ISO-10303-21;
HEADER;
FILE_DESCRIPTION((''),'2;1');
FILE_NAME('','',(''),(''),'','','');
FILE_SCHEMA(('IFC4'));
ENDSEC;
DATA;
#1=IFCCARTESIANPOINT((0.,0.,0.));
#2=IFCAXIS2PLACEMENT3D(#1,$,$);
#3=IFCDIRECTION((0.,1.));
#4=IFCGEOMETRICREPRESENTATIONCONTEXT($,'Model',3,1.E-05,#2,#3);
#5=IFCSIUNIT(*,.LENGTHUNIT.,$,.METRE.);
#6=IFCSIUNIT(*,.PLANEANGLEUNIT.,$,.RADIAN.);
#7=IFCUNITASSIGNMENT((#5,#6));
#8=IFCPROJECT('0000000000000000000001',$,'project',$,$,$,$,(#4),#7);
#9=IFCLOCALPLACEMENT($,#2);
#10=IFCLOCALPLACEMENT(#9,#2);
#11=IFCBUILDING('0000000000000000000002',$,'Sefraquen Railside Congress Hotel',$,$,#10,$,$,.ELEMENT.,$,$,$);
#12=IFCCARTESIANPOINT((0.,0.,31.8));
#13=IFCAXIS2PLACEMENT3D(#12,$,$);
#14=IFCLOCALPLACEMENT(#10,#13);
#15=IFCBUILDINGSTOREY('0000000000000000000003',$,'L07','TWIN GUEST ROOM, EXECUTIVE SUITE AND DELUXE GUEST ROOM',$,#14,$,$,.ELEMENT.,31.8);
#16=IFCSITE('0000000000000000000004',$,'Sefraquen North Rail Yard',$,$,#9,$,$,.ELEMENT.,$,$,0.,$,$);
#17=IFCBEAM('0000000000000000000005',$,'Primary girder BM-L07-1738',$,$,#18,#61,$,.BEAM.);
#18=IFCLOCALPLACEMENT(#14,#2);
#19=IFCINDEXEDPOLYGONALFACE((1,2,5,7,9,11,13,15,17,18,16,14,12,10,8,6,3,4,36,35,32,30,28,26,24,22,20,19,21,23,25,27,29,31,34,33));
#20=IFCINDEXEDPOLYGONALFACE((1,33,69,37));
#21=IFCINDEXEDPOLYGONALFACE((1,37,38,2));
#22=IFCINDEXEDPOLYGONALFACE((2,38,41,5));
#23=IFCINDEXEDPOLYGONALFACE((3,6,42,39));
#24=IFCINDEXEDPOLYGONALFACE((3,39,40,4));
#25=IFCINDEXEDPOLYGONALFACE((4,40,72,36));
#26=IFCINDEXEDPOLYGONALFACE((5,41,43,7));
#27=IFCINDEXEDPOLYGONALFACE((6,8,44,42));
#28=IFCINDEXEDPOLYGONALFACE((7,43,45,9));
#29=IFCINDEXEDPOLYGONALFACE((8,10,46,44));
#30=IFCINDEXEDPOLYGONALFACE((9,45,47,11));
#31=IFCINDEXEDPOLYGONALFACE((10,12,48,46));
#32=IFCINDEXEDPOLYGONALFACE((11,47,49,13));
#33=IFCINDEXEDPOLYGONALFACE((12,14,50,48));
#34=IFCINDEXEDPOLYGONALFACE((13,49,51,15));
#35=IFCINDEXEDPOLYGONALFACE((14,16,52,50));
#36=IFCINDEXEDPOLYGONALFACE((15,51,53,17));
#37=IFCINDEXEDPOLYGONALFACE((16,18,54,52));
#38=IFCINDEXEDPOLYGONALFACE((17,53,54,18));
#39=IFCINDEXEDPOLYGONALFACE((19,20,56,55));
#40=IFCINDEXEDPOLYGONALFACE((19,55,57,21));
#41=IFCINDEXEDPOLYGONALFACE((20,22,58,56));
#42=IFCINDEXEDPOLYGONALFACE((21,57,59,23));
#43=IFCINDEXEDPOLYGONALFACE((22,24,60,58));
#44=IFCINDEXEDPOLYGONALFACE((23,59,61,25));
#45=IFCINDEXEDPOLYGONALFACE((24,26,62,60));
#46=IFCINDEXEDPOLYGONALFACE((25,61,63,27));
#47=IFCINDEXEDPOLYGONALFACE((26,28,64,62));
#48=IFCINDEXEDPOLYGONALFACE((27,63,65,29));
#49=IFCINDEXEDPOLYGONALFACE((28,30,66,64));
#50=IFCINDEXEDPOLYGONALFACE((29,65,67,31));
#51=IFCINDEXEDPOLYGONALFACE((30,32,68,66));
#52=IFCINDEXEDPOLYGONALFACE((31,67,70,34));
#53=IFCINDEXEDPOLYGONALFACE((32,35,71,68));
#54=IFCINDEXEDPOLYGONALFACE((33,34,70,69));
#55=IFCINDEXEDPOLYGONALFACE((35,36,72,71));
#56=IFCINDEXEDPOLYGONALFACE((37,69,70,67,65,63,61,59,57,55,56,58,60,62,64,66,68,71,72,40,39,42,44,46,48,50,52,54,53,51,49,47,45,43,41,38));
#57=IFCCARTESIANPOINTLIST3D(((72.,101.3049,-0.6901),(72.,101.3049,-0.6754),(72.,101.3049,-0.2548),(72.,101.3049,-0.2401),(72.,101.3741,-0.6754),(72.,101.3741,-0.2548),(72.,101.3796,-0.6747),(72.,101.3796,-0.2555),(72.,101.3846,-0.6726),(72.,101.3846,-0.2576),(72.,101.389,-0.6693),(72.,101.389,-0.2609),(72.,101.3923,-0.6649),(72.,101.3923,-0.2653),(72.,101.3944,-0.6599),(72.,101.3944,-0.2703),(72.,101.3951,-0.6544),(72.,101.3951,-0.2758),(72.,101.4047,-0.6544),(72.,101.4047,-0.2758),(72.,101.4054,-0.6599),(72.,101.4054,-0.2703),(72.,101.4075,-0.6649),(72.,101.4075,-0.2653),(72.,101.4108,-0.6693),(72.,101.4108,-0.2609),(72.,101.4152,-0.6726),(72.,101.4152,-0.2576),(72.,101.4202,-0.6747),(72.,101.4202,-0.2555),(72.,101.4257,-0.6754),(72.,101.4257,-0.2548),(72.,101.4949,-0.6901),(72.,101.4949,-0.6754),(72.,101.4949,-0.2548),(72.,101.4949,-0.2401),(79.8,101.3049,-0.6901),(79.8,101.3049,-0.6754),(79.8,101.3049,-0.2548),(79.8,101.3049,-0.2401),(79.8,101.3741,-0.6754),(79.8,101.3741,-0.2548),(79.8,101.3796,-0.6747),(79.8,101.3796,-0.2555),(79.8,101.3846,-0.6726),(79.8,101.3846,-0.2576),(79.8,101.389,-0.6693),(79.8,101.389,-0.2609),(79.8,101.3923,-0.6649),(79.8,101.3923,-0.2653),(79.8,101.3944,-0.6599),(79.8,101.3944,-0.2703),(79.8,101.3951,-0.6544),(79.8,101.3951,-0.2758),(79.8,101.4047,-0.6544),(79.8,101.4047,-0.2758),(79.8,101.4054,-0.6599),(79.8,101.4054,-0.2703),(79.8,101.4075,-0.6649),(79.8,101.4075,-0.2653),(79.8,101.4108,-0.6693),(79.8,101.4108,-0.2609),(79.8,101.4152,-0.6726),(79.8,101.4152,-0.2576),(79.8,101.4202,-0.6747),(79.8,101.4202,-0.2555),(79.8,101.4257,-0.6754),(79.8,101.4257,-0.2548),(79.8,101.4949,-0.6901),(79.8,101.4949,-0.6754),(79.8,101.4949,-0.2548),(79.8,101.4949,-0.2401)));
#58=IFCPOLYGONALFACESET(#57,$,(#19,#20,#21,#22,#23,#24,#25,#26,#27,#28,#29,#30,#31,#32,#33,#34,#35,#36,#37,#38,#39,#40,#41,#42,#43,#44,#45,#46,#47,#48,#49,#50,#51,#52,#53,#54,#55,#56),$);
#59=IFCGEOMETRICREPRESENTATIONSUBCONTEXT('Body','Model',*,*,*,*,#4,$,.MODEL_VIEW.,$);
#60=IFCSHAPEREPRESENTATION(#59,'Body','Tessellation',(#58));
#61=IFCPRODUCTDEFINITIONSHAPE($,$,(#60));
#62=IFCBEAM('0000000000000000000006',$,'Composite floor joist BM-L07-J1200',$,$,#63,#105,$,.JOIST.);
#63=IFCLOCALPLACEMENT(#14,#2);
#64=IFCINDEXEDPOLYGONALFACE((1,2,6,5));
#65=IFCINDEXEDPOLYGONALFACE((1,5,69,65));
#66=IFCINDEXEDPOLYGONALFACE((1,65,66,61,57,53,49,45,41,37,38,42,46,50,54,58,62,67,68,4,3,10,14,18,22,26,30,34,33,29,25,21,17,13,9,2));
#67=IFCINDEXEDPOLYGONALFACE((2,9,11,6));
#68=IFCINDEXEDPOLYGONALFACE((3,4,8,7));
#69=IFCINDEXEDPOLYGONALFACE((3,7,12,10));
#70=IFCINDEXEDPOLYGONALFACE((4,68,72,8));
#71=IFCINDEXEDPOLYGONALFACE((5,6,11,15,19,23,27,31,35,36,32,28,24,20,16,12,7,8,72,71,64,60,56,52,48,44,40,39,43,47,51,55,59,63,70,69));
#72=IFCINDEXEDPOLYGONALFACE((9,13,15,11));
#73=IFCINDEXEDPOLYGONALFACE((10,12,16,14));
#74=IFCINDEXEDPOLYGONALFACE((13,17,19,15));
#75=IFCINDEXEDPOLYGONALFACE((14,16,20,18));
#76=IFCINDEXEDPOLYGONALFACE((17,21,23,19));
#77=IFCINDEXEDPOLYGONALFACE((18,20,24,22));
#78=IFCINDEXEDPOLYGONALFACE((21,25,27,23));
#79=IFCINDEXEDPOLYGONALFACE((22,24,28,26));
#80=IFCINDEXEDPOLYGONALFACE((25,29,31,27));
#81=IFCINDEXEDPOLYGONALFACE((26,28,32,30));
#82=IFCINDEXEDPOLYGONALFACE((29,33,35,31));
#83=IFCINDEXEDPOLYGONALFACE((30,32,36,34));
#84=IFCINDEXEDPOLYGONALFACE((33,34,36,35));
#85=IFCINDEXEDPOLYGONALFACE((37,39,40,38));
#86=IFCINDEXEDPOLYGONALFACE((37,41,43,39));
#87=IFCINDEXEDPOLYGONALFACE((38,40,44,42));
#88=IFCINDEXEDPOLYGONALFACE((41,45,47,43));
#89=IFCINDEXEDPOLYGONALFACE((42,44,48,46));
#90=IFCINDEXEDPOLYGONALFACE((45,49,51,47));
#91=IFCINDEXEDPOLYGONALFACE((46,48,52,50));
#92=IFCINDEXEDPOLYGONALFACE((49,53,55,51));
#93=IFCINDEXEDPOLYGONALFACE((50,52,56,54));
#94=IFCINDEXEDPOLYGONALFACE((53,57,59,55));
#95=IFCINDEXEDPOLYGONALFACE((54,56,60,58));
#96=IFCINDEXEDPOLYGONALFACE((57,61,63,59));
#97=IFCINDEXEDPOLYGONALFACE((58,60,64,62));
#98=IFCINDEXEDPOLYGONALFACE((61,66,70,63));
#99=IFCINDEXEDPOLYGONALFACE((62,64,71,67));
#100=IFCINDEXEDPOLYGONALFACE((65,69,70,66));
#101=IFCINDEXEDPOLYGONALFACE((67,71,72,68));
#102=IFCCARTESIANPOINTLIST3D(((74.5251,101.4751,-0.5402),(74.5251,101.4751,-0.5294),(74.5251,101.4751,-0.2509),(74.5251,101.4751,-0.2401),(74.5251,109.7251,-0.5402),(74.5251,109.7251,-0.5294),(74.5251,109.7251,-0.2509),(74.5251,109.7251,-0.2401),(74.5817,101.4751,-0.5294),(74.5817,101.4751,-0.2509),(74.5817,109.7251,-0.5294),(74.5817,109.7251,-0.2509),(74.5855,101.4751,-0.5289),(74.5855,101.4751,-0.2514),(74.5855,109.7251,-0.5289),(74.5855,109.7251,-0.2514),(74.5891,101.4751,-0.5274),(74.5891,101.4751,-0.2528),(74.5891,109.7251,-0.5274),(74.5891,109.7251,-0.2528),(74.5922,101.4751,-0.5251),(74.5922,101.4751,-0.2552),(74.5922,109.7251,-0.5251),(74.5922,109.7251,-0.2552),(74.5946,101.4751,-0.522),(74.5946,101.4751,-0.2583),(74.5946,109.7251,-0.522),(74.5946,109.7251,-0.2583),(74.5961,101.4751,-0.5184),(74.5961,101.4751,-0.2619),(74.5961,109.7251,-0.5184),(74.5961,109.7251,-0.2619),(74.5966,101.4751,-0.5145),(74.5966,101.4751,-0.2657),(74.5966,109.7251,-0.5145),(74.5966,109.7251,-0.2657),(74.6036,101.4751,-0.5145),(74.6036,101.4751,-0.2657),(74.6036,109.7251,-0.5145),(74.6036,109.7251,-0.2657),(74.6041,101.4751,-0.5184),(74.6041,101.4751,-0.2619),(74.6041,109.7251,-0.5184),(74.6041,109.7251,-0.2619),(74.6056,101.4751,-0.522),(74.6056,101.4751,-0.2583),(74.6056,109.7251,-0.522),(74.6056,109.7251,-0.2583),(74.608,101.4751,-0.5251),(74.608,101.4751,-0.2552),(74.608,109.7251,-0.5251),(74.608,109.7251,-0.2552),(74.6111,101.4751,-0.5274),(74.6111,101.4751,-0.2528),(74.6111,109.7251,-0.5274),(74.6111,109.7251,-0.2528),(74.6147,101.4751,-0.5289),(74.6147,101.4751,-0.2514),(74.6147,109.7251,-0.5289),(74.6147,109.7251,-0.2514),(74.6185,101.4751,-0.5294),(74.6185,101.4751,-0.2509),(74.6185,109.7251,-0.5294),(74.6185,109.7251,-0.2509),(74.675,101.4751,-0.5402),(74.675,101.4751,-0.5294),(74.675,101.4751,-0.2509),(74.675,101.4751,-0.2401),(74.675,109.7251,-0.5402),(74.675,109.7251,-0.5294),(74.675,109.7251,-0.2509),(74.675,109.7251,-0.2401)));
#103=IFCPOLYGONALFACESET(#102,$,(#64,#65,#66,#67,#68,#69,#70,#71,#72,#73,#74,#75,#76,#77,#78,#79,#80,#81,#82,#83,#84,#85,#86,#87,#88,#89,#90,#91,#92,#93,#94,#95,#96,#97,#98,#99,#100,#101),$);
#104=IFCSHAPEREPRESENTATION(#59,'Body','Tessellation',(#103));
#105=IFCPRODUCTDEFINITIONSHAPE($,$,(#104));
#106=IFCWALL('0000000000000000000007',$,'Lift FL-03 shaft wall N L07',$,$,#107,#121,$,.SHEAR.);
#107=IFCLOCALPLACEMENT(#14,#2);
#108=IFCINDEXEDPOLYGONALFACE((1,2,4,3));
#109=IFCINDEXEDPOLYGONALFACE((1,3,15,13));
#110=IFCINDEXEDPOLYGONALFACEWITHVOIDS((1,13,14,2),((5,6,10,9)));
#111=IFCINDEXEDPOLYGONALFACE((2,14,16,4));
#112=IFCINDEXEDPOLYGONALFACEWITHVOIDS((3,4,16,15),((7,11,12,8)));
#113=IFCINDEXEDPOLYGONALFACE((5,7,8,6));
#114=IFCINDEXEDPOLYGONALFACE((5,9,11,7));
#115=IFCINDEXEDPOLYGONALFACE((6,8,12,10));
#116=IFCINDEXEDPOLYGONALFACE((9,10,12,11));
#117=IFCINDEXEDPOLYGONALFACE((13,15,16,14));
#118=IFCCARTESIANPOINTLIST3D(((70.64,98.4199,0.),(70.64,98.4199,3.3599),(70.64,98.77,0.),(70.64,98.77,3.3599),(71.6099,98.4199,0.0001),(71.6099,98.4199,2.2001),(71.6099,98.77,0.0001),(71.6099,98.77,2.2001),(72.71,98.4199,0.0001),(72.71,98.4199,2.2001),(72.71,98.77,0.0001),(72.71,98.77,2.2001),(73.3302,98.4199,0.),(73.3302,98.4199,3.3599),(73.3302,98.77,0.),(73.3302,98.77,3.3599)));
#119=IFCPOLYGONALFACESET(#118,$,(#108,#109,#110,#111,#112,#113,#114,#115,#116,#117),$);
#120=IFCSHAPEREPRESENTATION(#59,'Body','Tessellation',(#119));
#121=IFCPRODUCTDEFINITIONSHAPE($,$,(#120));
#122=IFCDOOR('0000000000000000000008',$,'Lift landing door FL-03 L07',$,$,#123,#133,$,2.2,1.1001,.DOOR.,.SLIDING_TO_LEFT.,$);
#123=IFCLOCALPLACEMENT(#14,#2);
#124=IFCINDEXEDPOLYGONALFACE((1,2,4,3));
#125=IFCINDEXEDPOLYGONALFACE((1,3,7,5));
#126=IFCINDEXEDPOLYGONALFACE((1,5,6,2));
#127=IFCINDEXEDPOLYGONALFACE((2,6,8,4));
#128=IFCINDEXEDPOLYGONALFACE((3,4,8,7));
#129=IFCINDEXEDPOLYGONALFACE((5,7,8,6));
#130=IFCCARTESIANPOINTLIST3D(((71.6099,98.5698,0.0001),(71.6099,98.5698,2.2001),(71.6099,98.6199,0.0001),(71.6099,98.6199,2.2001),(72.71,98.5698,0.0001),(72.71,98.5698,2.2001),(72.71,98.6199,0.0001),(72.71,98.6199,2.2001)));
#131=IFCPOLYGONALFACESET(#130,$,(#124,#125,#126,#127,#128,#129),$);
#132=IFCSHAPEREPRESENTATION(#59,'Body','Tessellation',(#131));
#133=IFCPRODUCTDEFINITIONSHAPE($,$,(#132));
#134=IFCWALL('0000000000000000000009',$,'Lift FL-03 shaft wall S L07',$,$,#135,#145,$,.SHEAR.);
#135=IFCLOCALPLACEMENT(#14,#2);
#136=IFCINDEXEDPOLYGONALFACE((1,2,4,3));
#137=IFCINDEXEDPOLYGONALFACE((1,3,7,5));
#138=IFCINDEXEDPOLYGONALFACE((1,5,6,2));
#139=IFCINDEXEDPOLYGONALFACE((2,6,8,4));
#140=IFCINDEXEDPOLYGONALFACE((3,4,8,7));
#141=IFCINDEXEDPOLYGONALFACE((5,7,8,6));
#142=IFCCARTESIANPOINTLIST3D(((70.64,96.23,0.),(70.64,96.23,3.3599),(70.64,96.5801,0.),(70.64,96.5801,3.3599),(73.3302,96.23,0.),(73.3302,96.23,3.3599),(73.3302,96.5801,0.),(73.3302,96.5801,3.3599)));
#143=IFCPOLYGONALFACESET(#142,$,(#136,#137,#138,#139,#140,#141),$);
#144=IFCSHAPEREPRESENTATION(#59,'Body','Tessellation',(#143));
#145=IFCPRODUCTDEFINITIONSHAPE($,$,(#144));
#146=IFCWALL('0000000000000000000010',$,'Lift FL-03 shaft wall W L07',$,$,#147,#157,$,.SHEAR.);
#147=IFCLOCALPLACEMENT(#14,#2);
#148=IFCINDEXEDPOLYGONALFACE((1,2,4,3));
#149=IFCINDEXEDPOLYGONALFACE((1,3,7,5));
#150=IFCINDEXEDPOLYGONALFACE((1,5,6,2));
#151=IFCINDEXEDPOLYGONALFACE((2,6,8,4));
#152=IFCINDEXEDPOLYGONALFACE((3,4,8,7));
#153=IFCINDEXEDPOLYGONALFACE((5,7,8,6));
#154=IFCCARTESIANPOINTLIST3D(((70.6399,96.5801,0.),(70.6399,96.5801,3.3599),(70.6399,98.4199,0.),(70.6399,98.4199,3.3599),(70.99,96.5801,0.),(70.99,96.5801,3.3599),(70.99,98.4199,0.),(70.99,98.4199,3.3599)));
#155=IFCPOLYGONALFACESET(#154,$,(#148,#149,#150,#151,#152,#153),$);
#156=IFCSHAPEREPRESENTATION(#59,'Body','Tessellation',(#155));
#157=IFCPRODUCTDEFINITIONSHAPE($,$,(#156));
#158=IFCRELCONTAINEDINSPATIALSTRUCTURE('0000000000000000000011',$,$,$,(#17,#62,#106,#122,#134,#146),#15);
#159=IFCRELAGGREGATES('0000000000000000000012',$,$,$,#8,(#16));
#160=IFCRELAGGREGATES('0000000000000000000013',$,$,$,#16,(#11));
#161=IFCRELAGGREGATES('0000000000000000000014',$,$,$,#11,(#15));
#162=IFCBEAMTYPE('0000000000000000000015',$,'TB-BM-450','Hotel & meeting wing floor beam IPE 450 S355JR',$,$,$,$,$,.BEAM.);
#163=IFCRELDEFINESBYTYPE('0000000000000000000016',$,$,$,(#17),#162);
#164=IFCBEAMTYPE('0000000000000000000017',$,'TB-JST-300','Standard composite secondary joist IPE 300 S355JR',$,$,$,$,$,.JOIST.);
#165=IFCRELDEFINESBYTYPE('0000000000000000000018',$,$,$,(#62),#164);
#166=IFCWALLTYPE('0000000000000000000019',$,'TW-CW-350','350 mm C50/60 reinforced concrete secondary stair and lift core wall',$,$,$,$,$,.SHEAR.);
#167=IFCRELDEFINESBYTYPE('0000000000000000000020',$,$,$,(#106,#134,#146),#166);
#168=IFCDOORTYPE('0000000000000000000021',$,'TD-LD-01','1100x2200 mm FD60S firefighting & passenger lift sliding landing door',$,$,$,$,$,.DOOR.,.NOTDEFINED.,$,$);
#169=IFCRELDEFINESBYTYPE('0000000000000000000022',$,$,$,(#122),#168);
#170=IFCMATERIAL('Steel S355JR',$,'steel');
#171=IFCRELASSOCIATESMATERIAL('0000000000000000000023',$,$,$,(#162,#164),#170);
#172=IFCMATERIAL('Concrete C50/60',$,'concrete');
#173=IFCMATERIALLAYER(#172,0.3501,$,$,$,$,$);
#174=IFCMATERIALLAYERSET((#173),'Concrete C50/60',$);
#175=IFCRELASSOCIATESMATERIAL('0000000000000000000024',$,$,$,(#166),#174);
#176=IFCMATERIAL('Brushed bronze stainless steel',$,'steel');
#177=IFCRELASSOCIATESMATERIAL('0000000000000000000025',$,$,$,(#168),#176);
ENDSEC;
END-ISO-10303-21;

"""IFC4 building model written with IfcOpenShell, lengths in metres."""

from ifc_helpers import new_model, si_unit, direction, frame, frame_2d, origin, origin_2d, place, context, subcontext, project, spatial, rectangle, i_section, extrude, material, layer, layer_set, material_profile, profile_set, type_object, element, fill, save


model = new_model("IFC4")

# Units and contexts
model_context = context("Model", 3, precision=1e-05, world=origin(), true_north=direction((0.0, 1.0)))
body_context = subcontext(model_context, "Body", "Model", "MODEL_VIEW")
ifc_project = project(units=[si_unit("LENGTHUNIT", "METRE"), si_unit("PLANEANGLEUNIT", "RADIAN")], contexts=[model_context])

# Site, building, storey
site_placement = place(None, origin())
site = spatial("IfcSite", under=ifc_project, at=site_placement, Name="Sefraquen North Rail Yard", CompositionType="ELEMENT", RefElevation=0.0)
building_placement = place(site_placement, origin())
building = spatial("IfcBuilding", under=site, at=building_placement, Name="Sefraquen Railside Congress Hotel", CompositionType="ELEMENT")
storey_placement = place(building_placement, frame((0.0, 0.0, 31.8)))
storey = spatial("IfcBuildingStorey", under=building, at=storey_placement, Name="L07", Description="TWIN GUEST ROOM, EXECUTIVE SUITE AND DELUXE GUEST ROOM", CompositionType="ELEMENT", Elevation=31.8)

# Shared definitions
ifc_material_1 = material(Name="Steel S355JR", Category="steel")

# Beams
ifc_material_profile_1 = material_profile(ifc_material_1, i_section(OverallWidth=0.1899, OverallDepth=0.45, WebThickness=0.0095, FlangeThickness=0.0146, FilletRadius=0.021, at=origin_2d()), Name="IPE 450")
ifc_profile_set_1 = profile_set([ifc_material_profile_1], Name="Steel S355JR")
beam_type_1 = type_object("IfcBeamType", Name="TB-BM-450", Description="Hotel & meeting wing floor beam IPE 450 S355JR", PredefinedType="BEAM", material=ifc_profile_set_1)
beam_1_placement = place(storey_placement, frame((72.0, 101.3999, -0.4651), z_axis=(1.0, 0.0, 0.0), x_axis=(0.0, 1.0, 0.0)))
element("IfcBeam", 1, at=beam_1_placement, inside=storey, type_object=beam_type_1, Name="Primary girder BM-L07-1738", PredefinedType="BEAM", context=body_context, shape_type="SweptSolid", body=[
    extrude(i_section(OverallWidth=0.1899, OverallDepth=0.45, WebThickness=0.0095, FlangeThickness=0.0146, FilletRadius=0.021, at=origin_2d()), origin(), (0.0, 0.0, 1.0), 7.8),
])
ifc_material_profile_2 = material_profile(ifc_material_1, i_section(OverallWidth=0.1499, OverallDepth=0.3, WebThickness=0.0071, FlangeThickness=0.0107, FilletRadius=0.0149, at=origin_2d()), Name="IPE 300")
ifc_profile_set_2 = profile_set([ifc_material_profile_2], Name="Steel S355JR")
beam_type_2 = type_object("IfcBeamType", Name="TB-JST-300", Description="Standard composite secondary joist IPE 300 S355JR", PredefinedType="JOIST", material=ifc_profile_set_2)
beam_2_placement = place(storey_placement, frame((74.6001, 101.4751, -0.3901), z_axis=(0.0, 1.0, 0.0), x_axis=(-1.0, 0.0, 0.0)))
element("IfcBeam", 2, at=beam_2_placement, inside=storey, type_object=beam_type_2, Name="Composite floor joist BM-L07-J1200", PredefinedType="JOIST", context=body_context, shape_type="SweptSolid", body=[
    extrude(i_section(OverallWidth=0.1499, OverallDepth=0.3, WebThickness=0.0071, FlangeThickness=0.0107, FilletRadius=0.0149, at=origin_2d()), origin(), (0.0, 0.0, 1.0), 8.25),
])

# Wall, opening, door
ifc_material_2 = material(Name="Concrete C50/60", Category="concrete")
ifc_layer_1 = layer(ifc_material_2, 0.3501)
ifc_layer_set_1 = layer_set([ifc_layer_1], Name="Concrete C50/60")
wall_type_1 = type_object("IfcWallType", Name="TW-CW-350", Description="350 mm C50/60 reinforced concrete secondary stair and lift core wall", PredefinedType="SHEAR", material=ifc_layer_set_1)
wall_1_placement = place(storey_placement, frame((70.6399, 98.595, 0.0), z_axis=(0.0, 0.0, 1.0), x_axis=(1.0, 0.0, 0.0)))
wall_1 = element("IfcWall", 3, at=wall_1_placement, inside=storey, type_object=wall_type_1, Name="Lift FL-03 shaft wall N L07", PredefinedType="SHEAR", context=body_context, shape_type="SweptSolid", body=[
    extrude(rectangle(XDim=2.6902, YDim=0.3501, at=frame_2d((1.3452, 0.0))), origin(), (0.0, 0.0, 1.0), 3.3599),
])
opening_1_placement = place(wall_1_placement, frame((0.97, 0.0, 0.0)))
opening_1 = element("IfcOpeningElement", 4, at=opening_1_placement, cuts=wall_1, PredefinedType="OPENING", context=body_context, shape_type="SweptSolid", body=[
    extrude(rectangle(XDim=1.1001, YDim=2.2, at=frame_2d((0.55, 1.1001))), frame((0.0, 0.1851, 0.0), z_axis=(0.0, -1.0, 0.0), x_axis=(1.0, 0.0, 0.0)), (0.0, 0.0, 1.0), 0.3701),
])
ifc_material_3 = material(Name="Brushed bronze stainless steel", Category="steel")
door_type_1 = type_object("IfcDoorType", Name="TD-LD-01", Description="1100x2200 mm FD60S firefighting & passenger lift sliding landing door", OperationType="NOTDEFINED", PredefinedType="DOOR", material=ifc_material_3)
door_1_placement = place(opening_1_placement, origin())
door_1 = element("IfcDoor", 5, at=door_1_placement, inside=storey, type_object=door_type_1, Name="Lift landing door FL-03 L07", OperationType="SLIDING_TO_LEFT", OverallHeight=2.2, OverallWidth=1.1001, PredefinedType="DOOR", context=body_context, shape_type="SweptSolid", body=[
    extrude(rectangle(XDim=1.1001, YDim=2.2, at=frame_2d((0.55, 1.1001))), frame((0.0, 0.0249, 0.0), z_axis=(0.0, -1.0, 0.0), x_axis=(1.0, 0.0, 0.0)), (0.0, 0.0, 1.0), 0.05),
])
fill(opening_1, door_1)

# Walls
wall_2_placement = place(storey_placement, frame((70.6399, 96.405, 0.0), z_axis=(0.0, 0.0, 1.0), x_axis=(1.0, 0.0, 0.0)))
element("IfcWall", 6, at=wall_2_placement, inside=storey, type_object=wall_type_1, Name="Lift FL-03 shaft wall S L07", PredefinedType="SHEAR", context=body_context, shape_type="SweptSolid", body=[
    extrude(rectangle(XDim=2.6902, YDim=0.3501, at=frame_2d((1.3452, 0.0))), origin(), (0.0, 0.0, 1.0), 3.3599),
])
wall_3_placement = place(storey_placement, frame((70.8149, 96.5801, 0.0), z_axis=(0.0, 0.0, 1.0), x_axis=(0.0, 1.0, 0.0)))
element("IfcWall", 7, at=wall_3_placement, inside=storey, type_object=wall_type_1, Name="Lift FL-03 shaft wall W L07", PredefinedType="SHEAR", context=body_context, shape_type="SweptSolid", body=[
    extrude(rectangle(XDim=1.8398, YDim=0.3501, at=frame_2d((0.9199, 0.0))), origin(), (0.0, 0.0, 1.0), 3.3599),
])

save(model, "model.ifc")
